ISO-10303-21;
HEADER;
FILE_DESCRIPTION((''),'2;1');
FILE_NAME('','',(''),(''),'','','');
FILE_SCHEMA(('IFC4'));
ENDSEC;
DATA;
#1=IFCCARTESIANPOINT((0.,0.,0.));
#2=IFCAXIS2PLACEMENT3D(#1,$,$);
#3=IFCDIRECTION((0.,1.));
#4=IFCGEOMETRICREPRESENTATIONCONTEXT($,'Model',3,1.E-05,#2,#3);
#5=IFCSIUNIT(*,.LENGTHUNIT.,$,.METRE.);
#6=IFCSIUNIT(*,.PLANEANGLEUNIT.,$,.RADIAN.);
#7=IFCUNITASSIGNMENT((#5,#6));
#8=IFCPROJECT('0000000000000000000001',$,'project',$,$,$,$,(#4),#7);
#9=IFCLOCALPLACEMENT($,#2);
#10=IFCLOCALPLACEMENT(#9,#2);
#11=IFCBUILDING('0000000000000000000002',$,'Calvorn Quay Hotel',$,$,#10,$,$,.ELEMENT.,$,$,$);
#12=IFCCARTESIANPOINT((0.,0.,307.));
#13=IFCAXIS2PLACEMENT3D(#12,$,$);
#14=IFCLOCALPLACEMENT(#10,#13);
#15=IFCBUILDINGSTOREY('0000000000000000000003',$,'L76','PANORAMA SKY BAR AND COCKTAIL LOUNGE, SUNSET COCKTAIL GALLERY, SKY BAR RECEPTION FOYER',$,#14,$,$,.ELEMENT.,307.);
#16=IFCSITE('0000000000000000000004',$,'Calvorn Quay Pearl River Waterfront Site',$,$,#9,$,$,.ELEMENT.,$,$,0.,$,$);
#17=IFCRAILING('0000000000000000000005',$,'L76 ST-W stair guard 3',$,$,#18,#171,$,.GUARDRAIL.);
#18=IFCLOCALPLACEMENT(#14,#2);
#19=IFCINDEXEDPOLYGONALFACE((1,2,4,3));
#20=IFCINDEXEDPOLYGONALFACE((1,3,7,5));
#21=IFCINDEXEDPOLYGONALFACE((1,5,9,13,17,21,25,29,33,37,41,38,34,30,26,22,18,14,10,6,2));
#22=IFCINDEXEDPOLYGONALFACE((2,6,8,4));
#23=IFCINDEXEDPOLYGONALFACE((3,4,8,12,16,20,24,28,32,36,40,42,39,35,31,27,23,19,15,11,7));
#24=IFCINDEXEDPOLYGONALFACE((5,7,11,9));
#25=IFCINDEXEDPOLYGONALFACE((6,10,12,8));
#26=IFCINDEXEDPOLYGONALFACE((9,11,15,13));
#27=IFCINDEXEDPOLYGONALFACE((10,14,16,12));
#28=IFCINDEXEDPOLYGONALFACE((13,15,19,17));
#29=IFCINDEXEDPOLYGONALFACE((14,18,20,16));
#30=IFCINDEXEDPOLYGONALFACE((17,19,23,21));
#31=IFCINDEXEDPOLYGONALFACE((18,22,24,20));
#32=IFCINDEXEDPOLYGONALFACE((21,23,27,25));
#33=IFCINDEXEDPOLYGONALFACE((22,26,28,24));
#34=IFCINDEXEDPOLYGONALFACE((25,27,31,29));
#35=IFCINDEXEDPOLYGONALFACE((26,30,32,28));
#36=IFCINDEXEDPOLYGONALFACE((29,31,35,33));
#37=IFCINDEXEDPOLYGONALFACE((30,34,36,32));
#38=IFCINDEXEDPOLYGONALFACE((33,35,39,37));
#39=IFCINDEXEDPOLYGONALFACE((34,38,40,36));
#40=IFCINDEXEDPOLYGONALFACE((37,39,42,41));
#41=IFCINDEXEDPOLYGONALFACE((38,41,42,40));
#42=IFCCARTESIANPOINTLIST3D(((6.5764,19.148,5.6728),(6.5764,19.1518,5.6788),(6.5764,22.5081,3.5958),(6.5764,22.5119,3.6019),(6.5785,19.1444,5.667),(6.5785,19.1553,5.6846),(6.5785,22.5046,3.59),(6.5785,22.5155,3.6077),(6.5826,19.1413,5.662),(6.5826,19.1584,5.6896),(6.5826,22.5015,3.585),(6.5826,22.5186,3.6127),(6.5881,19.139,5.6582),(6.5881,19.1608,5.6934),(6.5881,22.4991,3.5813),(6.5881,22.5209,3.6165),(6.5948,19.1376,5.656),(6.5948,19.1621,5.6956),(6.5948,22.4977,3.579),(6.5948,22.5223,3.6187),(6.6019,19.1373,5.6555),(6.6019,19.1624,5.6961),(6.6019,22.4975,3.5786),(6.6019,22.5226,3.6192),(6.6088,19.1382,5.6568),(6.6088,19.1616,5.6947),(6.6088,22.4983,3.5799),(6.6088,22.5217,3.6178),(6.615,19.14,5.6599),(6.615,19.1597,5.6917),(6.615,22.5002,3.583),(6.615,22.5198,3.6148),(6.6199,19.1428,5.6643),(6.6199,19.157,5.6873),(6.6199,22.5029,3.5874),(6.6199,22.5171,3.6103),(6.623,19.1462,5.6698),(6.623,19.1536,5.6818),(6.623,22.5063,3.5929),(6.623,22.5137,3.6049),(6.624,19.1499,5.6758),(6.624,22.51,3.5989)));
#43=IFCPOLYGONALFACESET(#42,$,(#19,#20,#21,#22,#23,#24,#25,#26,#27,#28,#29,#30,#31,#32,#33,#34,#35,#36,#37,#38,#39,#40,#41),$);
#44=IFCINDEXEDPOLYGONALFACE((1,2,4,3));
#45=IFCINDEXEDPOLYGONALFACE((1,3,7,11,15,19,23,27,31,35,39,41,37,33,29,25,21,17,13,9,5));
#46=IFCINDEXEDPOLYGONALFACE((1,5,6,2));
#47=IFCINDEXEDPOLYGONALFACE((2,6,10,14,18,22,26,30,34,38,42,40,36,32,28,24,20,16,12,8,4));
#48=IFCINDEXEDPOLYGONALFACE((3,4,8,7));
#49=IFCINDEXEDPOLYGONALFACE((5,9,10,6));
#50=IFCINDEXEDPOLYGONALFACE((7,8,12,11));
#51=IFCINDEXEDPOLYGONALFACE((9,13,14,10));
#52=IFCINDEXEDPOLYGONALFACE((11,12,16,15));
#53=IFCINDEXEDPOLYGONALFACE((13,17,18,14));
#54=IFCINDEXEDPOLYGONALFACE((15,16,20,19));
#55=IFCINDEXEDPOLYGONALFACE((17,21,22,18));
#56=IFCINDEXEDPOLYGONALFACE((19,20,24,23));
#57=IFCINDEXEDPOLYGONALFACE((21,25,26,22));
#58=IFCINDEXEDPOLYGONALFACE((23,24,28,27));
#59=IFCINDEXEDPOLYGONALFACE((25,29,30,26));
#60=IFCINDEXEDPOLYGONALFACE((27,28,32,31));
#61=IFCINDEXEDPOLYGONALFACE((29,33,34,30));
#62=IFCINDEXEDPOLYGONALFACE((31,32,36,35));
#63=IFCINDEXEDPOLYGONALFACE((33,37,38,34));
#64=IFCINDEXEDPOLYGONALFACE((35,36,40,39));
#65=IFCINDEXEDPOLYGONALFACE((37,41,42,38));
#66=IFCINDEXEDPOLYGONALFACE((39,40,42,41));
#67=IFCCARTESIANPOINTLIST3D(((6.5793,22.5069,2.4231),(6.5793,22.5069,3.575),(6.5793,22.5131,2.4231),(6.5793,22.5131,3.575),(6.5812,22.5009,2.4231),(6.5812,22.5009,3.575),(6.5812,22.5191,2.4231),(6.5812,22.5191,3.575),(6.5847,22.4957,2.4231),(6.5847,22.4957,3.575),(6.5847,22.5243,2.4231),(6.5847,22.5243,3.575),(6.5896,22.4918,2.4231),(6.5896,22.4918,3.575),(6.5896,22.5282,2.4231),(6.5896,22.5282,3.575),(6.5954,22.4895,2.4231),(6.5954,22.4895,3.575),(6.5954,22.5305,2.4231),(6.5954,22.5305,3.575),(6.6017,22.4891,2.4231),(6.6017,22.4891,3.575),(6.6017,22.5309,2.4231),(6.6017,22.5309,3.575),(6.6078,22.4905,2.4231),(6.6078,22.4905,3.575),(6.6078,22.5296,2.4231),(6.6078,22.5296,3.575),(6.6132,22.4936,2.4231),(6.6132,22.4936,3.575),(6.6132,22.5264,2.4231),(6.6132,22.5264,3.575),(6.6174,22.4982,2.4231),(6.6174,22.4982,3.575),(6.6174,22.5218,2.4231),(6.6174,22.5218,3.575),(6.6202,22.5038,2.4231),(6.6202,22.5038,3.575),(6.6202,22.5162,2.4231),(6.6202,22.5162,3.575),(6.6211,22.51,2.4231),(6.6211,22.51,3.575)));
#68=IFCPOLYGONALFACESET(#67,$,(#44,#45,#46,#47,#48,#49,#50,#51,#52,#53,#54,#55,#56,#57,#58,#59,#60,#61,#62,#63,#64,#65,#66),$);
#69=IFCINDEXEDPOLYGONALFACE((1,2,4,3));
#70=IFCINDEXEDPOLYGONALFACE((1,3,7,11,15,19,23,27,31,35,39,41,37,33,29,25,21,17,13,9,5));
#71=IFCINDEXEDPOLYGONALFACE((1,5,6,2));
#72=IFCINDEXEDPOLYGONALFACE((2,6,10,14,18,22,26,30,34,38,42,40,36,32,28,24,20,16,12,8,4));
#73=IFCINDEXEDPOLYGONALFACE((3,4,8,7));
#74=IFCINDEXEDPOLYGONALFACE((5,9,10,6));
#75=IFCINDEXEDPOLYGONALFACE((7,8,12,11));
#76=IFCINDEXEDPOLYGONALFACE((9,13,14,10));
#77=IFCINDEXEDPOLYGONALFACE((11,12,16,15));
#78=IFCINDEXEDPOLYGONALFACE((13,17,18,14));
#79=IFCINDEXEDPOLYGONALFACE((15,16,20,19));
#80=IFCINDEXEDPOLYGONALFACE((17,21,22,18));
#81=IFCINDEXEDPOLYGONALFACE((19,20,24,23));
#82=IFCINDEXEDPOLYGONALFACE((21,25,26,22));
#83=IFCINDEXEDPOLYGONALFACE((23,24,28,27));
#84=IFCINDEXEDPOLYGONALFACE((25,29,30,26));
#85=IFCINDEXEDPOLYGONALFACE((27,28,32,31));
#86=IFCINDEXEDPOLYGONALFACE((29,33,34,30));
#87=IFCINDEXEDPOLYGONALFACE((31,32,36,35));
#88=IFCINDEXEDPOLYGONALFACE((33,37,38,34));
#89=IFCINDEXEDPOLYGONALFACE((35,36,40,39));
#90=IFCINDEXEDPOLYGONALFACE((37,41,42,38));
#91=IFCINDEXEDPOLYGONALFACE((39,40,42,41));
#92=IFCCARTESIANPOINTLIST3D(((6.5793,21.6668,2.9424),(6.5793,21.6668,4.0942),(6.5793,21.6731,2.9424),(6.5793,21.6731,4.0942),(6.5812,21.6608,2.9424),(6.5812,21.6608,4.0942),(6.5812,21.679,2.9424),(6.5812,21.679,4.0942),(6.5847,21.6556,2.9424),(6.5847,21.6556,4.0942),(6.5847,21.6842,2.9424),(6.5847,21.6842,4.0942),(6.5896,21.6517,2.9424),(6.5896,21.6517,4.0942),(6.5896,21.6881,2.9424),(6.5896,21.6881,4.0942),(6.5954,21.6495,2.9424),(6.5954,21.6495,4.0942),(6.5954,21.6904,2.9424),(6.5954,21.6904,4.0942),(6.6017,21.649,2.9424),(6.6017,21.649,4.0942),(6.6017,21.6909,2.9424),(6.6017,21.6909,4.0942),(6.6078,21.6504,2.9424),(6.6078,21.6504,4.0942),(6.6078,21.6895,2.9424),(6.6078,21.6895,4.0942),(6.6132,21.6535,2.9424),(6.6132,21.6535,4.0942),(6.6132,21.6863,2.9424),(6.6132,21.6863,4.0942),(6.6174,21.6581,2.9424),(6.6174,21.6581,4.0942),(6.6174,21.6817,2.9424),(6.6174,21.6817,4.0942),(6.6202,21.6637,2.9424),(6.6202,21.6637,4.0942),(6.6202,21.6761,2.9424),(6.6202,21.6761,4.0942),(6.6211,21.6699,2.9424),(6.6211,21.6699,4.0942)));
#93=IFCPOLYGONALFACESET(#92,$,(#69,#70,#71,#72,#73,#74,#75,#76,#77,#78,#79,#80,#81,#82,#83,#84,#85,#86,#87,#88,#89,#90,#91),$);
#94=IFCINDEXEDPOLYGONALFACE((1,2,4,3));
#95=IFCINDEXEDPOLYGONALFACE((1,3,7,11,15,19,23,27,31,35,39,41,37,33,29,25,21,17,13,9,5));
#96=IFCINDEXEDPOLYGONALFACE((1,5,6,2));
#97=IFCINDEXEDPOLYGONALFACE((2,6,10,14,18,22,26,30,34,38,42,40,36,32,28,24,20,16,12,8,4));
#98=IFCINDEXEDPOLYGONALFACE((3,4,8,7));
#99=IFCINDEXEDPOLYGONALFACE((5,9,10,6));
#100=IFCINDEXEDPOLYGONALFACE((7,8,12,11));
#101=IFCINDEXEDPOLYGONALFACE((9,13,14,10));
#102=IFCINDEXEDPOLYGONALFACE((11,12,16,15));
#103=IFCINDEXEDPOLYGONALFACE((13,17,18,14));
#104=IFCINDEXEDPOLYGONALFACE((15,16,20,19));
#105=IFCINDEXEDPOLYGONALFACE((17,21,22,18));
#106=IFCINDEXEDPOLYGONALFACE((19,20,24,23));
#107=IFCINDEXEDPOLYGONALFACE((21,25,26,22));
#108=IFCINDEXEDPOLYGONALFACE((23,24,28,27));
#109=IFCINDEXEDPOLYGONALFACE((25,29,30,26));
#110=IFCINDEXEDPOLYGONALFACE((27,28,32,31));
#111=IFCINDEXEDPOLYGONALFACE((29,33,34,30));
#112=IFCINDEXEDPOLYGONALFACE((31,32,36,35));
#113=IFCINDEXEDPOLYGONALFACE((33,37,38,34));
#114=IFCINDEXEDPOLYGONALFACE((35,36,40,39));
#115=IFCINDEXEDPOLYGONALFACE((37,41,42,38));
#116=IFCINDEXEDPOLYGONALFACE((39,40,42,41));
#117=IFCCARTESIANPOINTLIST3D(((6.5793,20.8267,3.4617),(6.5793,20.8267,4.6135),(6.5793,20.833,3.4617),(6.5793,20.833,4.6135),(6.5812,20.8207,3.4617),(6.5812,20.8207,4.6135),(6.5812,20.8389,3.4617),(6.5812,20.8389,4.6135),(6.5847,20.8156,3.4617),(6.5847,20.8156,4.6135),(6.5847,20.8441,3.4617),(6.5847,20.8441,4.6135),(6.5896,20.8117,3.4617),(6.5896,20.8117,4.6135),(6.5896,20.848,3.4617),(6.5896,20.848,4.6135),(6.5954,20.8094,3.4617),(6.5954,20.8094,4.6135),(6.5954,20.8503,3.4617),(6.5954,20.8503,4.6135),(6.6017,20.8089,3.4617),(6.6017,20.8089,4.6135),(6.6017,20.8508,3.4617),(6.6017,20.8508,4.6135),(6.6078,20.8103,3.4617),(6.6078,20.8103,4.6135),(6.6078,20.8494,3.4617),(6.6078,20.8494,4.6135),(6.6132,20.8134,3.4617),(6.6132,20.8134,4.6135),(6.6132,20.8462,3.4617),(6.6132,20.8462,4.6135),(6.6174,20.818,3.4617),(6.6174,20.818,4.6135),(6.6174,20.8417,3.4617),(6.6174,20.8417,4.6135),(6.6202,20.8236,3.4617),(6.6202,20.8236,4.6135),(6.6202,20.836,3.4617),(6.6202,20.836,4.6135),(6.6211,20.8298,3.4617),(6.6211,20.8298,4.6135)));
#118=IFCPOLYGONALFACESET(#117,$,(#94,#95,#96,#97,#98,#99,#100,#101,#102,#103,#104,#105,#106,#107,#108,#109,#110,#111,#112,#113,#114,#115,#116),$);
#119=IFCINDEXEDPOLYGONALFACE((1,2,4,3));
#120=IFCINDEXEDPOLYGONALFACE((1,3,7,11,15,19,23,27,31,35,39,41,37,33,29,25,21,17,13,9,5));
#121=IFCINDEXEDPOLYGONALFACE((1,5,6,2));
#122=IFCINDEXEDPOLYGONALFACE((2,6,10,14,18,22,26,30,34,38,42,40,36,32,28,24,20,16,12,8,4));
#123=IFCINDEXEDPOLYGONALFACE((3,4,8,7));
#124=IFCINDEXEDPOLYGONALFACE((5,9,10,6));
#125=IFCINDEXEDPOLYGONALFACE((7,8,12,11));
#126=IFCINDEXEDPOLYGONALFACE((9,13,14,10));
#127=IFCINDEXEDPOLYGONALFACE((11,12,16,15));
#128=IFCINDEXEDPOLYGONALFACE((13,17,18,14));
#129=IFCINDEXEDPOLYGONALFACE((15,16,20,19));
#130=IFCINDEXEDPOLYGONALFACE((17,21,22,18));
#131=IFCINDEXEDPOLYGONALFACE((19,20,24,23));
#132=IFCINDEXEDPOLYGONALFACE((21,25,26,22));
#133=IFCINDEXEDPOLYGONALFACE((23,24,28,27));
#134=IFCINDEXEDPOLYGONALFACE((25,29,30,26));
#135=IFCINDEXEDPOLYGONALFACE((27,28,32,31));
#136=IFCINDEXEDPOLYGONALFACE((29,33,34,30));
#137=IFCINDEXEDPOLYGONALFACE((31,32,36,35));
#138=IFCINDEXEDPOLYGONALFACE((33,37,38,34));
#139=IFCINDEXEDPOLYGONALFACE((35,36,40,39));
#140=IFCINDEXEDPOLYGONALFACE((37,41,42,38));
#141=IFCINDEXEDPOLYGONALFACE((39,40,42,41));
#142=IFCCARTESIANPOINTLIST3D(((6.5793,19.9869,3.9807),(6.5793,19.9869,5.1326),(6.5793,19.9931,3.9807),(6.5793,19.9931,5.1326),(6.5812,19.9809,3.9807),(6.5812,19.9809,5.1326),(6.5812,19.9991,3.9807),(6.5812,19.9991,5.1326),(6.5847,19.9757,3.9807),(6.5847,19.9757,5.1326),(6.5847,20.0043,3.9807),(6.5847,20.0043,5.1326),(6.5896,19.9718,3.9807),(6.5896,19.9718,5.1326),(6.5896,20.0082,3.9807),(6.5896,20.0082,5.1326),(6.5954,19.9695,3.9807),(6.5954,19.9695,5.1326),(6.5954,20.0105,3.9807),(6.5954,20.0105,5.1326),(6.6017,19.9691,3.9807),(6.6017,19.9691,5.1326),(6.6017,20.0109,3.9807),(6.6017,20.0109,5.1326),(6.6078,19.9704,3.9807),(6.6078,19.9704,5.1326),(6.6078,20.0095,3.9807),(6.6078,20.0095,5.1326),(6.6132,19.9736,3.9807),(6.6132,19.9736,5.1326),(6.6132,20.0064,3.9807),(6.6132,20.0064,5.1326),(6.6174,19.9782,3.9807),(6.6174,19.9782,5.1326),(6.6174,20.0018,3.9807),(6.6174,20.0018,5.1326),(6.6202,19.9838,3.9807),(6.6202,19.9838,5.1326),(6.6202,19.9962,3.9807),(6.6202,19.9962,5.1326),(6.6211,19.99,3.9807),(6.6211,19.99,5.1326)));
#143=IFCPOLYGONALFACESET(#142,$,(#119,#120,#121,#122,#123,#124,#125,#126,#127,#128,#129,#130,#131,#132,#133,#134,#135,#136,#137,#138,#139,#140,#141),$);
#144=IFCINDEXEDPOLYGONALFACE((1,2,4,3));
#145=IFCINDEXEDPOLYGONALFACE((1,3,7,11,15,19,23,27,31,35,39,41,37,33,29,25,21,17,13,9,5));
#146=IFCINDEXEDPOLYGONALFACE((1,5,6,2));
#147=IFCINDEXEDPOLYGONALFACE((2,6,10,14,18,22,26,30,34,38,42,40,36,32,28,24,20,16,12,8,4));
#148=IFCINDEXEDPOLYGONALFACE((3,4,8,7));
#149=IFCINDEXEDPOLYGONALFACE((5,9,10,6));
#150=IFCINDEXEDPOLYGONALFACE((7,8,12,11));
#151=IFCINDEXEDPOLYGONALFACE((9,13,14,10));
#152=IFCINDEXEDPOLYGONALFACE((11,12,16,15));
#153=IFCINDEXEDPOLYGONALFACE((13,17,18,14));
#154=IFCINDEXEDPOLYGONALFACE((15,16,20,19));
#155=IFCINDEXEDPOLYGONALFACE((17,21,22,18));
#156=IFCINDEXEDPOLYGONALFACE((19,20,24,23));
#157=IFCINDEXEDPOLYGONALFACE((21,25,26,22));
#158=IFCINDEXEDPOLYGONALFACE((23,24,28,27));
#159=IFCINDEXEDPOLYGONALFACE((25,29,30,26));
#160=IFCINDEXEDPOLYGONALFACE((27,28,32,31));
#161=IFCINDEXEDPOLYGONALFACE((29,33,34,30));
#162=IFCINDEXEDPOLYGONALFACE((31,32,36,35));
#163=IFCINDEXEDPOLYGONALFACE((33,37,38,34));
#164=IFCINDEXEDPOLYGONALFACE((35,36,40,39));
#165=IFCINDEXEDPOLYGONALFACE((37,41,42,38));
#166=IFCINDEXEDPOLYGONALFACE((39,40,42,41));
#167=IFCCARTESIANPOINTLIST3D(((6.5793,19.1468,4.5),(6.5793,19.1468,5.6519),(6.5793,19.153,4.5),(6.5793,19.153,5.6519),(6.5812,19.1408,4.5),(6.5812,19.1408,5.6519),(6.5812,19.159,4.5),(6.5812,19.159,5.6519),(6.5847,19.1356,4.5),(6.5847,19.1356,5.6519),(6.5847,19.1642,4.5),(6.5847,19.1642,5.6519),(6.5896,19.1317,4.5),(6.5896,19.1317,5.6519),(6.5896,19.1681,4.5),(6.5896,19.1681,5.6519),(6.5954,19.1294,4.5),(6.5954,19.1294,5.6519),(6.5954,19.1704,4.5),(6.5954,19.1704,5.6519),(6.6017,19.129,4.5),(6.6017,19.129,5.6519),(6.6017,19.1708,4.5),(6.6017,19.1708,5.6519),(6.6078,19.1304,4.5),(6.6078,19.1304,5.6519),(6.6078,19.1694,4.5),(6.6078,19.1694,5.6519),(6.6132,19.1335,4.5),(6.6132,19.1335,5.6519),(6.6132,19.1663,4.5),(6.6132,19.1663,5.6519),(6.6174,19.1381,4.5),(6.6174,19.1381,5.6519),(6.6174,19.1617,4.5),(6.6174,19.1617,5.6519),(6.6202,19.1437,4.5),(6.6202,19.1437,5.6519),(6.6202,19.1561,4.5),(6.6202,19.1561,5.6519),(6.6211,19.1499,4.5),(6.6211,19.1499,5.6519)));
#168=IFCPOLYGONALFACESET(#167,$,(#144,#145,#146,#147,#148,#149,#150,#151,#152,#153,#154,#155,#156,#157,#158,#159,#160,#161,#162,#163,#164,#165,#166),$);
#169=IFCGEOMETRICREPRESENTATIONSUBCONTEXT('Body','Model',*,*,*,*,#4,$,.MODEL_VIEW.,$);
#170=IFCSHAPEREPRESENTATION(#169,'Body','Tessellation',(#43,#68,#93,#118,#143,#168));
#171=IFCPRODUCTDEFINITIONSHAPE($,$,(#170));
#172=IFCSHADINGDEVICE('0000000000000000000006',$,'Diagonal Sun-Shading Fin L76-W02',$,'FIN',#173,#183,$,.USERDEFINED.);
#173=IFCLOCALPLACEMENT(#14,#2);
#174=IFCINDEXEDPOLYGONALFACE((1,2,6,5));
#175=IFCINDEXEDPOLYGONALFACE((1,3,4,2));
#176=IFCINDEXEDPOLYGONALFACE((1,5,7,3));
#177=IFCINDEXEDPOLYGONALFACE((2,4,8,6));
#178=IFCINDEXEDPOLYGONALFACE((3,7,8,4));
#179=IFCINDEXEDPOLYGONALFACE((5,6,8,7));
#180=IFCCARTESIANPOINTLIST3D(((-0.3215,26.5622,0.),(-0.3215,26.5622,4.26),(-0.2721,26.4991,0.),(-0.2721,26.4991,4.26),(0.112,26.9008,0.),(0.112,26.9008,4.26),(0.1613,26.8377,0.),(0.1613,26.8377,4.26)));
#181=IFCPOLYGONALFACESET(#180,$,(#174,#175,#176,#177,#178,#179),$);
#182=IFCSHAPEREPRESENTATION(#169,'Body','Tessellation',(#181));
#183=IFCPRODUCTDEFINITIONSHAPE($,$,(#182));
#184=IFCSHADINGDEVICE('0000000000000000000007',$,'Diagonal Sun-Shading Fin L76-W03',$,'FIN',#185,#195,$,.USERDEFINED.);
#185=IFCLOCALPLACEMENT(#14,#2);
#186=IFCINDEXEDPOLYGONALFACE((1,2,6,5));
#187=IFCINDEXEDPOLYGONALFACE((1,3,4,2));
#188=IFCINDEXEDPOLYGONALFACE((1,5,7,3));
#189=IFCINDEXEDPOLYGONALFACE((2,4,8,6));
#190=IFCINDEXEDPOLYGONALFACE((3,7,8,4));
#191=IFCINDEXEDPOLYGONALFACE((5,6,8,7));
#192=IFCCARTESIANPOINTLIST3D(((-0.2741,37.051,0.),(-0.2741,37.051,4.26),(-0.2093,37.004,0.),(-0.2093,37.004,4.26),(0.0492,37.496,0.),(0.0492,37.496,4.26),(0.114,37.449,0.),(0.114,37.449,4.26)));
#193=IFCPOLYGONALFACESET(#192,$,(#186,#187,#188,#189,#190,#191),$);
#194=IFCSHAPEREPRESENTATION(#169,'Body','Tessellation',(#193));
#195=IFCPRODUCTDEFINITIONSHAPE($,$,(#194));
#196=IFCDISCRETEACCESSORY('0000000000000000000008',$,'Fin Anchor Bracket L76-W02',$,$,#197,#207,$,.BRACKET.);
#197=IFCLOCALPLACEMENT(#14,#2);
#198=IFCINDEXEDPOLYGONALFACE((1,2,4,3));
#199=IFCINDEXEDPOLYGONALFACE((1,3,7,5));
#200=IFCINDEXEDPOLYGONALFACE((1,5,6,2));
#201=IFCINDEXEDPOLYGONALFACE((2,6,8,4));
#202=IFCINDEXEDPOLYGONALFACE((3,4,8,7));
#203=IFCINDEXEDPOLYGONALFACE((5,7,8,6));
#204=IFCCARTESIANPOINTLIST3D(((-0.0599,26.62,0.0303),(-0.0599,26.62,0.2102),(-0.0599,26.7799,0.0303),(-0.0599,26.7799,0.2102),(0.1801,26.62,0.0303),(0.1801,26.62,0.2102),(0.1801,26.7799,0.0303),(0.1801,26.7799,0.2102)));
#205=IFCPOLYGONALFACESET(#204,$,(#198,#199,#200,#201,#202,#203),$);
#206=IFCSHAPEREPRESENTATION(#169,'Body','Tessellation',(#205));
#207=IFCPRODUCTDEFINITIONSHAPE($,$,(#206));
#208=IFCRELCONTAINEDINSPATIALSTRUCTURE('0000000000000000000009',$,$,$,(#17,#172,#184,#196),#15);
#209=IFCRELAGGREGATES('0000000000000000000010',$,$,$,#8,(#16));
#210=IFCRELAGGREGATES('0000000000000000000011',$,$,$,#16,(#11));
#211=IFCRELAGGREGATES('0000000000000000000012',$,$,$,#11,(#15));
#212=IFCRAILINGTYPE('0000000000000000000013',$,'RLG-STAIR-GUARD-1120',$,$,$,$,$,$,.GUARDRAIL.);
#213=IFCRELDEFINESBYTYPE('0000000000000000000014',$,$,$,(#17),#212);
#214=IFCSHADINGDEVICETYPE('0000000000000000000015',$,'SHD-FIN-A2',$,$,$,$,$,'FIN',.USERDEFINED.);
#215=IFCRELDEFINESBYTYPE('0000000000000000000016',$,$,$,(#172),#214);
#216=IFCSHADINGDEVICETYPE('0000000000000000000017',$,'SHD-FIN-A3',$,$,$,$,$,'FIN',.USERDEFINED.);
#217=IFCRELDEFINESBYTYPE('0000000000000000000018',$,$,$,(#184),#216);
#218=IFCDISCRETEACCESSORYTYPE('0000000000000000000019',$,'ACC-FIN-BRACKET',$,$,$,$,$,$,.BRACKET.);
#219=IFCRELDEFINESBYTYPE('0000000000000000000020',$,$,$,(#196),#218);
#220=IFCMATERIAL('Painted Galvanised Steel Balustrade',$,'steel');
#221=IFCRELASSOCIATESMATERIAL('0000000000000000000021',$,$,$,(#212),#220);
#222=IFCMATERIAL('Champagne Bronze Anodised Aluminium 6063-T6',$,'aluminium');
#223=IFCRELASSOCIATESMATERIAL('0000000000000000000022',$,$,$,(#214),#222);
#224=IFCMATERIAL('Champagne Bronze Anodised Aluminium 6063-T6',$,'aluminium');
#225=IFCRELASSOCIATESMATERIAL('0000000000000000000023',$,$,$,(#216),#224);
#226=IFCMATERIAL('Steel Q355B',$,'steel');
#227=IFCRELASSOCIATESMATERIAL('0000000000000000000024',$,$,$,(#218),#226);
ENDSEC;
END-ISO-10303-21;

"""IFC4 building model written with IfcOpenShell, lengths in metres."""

from ifc_helpers import new_model, si_unit, direction, frame, origin, origin_2d, place, context, subcontext, project, spatial, rectangle, circle, extrude, material, type_object, element, save


model = new_model("IFC4")

# Units and contexts
model_context = context("Model", 3, precision=1e-05, world=origin(), true_north=direction((0.0, 1.0)))
body_context = subcontext(model_context, "Body", "Model", "MODEL_VIEW")
ifc_project = project(units=[si_unit("LENGTHUNIT", "METRE"), si_unit("PLANEANGLEUNIT", "RADIAN")], contexts=[model_context])

# Site, building, storey
site_placement = place(None, origin())
site = spatial("IfcSite", under=ifc_project, at=site_placement, Name="Calvorn Quay Pearl River Waterfront Site", CompositionType="ELEMENT", RefElevation=0.0)
building_placement = place(site_placement, origin())
building = spatial("IfcBuilding", under=site, at=building_placement, Name="Calvorn Quay Hotel", CompositionType="ELEMENT")
storey_placement = place(building_placement, frame((0.0, 0.0, 307.0)))
storey = spatial("IfcBuildingStorey", under=building, at=storey_placement, Name="L76", Description="PANORAMA SKY BAR AND COCKTAIL LOUNGE, SUNSET COCKTAIL GALLERY, SKY BAR RECEPTION FOYER", CompositionType="ELEMENT", Elevation=307.0)

# Railing
ifc_material_1 = material(Name="Painted Galvanised Steel Balustrade", Category="steel")
railing_type_1 = type_object("IfcRailingType", Name="RLG-STAIR-GUARD-1120", PredefinedType="GUARDRAIL", material=ifc_material_1)
railing_1_placement = place(storey_placement, frame((6.6001, 22.51, 2.4231)))
element("IfcRailing", 1, at=railing_1_placement, inside=storey, type_object=railing_type_1, Name="L76 ST-W stair guard 3", PredefinedType="GUARDRAIL", context=body_context, shape_type="SweptSolid", body=[
    extrude(circle(Radius=0.0239, at=origin_2d()), frame((0.0, 0.0, 1.1758), z_axis=(0.0, -0.850623, 0.525776), x_axis=(1.0, 0.0, 0.0)), (0.0, 0.0, 1.0), 3.9502),
    extrude(circle(Radius=0.021, at=origin_2d()), origin(), (0.0, 0.0, 1.0), 1.1519),
    extrude(circle(Radius=0.021, at=origin_2d()), frame((0.0, -0.8401, 0.5193)), (0.0, 0.0, 1.0), 1.1519),
    extrude(circle(Radius=0.021, at=origin_2d()), frame((0.0, -1.6802, 1.0386)), (0.0, 0.0, 1.0), 1.1519),
    extrude(circle(Radius=0.021, at=origin_2d()), frame((0.0, -2.52, 1.5576)), (0.0, 0.0, 1.0), 1.1519),
    extrude(circle(Radius=0.021, at=origin_2d()), frame((0.0, -3.3601, 2.0769)), (0.0, 0.0, 1.0), 1.1519),
])

# Shading devices
ifc_material_2 = material(Name="Champagne Bronze Anodised Aluminium 6063-T6", Category="aluminium")
shading_device_type_1 = type_object("IfcShadingDeviceType", Name="SHD-FIN-A2", ElementType="FIN", PredefinedType="USERDEFINED", material=ifc_material_2)
shading_device_1_placement = place(storey_placement, frame((-0.0801, 26.7, 0.0), z_axis=(0.0, 0.0, 1.0), x_axis=(0.788011, 0.615661, 0.0)))
element("IfcShadingDevice", 2, at=shading_device_1_placement, inside=storey, type_object=shading_device_type_1, Name="Diagonal Sun-Shading Fin L76-W02", ObjectType="FIN", PredefinedType="USERDEFINED", context=body_context, shape_type="SweptSolid", body=[
    extrude(rectangle(XDim=0.55, YDim=0.0801, at=origin_2d()), origin(), (0.0, 0.0, 1.0), 4.26),
])
ifc_material_3 = material(Name="Champagne Bronze Anodised Aluminium 6063-T6", Category="aluminium")
shading_device_type_2 = type_object("IfcShadingDeviceType", Name="SHD-FIN-A3", ElementType="FIN", PredefinedType="USERDEFINED", material=ifc_material_3)
shading_device_2_placement = place(storey_placement, frame((-0.0801, 37.25, 0.0), z_axis=(0.0, 0.0, 1.0), x_axis=(0.587785, 0.809017, 0.0)))
element("IfcShadingDevice", 3, at=shading_device_2_placement, inside=storey, type_object=shading_device_type_2, Name="Diagonal Sun-Shading Fin L76-W03", ObjectType="FIN", PredefinedType="USERDEFINED", context=body_context, shape_type="SweptSolid", body=[
    extrude(rectangle(XDim=0.55, YDim=0.0801, at=origin_2d()), origin(), (0.0, 0.0, 1.0), 4.26),
])

# Discrete accessory
ifc_material_4 = material(Name="Steel Q355B", Category="steel")
discrete_accessory_type = type_object("IfcDiscreteAccessoryType", Name="ACC-FIN-BRACKET", PredefinedType="BRACKET", material=ifc_material_4)
discrete_accessory_placement = place(storey_placement, frame((0.0601, 26.7, 0.0303), z_axis=(0.0, 0.0, 1.0), x_axis=(1.0, 0.0, 0.0)))
element("IfcDiscreteAccessory", 4, at=discrete_accessory_placement, inside=storey, type_object=discrete_accessory_type, Name="Fin Anchor Bracket L76-W02", PredefinedType="BRACKET", context=body_context, shape_type="SweptSolid", body=[
    extrude(rectangle(XDim=0.24, YDim=0.1599, at=origin_2d()), origin(), (0.0, 0.0, 1.0), 0.1799),
])

save(model, "model.ifc")
